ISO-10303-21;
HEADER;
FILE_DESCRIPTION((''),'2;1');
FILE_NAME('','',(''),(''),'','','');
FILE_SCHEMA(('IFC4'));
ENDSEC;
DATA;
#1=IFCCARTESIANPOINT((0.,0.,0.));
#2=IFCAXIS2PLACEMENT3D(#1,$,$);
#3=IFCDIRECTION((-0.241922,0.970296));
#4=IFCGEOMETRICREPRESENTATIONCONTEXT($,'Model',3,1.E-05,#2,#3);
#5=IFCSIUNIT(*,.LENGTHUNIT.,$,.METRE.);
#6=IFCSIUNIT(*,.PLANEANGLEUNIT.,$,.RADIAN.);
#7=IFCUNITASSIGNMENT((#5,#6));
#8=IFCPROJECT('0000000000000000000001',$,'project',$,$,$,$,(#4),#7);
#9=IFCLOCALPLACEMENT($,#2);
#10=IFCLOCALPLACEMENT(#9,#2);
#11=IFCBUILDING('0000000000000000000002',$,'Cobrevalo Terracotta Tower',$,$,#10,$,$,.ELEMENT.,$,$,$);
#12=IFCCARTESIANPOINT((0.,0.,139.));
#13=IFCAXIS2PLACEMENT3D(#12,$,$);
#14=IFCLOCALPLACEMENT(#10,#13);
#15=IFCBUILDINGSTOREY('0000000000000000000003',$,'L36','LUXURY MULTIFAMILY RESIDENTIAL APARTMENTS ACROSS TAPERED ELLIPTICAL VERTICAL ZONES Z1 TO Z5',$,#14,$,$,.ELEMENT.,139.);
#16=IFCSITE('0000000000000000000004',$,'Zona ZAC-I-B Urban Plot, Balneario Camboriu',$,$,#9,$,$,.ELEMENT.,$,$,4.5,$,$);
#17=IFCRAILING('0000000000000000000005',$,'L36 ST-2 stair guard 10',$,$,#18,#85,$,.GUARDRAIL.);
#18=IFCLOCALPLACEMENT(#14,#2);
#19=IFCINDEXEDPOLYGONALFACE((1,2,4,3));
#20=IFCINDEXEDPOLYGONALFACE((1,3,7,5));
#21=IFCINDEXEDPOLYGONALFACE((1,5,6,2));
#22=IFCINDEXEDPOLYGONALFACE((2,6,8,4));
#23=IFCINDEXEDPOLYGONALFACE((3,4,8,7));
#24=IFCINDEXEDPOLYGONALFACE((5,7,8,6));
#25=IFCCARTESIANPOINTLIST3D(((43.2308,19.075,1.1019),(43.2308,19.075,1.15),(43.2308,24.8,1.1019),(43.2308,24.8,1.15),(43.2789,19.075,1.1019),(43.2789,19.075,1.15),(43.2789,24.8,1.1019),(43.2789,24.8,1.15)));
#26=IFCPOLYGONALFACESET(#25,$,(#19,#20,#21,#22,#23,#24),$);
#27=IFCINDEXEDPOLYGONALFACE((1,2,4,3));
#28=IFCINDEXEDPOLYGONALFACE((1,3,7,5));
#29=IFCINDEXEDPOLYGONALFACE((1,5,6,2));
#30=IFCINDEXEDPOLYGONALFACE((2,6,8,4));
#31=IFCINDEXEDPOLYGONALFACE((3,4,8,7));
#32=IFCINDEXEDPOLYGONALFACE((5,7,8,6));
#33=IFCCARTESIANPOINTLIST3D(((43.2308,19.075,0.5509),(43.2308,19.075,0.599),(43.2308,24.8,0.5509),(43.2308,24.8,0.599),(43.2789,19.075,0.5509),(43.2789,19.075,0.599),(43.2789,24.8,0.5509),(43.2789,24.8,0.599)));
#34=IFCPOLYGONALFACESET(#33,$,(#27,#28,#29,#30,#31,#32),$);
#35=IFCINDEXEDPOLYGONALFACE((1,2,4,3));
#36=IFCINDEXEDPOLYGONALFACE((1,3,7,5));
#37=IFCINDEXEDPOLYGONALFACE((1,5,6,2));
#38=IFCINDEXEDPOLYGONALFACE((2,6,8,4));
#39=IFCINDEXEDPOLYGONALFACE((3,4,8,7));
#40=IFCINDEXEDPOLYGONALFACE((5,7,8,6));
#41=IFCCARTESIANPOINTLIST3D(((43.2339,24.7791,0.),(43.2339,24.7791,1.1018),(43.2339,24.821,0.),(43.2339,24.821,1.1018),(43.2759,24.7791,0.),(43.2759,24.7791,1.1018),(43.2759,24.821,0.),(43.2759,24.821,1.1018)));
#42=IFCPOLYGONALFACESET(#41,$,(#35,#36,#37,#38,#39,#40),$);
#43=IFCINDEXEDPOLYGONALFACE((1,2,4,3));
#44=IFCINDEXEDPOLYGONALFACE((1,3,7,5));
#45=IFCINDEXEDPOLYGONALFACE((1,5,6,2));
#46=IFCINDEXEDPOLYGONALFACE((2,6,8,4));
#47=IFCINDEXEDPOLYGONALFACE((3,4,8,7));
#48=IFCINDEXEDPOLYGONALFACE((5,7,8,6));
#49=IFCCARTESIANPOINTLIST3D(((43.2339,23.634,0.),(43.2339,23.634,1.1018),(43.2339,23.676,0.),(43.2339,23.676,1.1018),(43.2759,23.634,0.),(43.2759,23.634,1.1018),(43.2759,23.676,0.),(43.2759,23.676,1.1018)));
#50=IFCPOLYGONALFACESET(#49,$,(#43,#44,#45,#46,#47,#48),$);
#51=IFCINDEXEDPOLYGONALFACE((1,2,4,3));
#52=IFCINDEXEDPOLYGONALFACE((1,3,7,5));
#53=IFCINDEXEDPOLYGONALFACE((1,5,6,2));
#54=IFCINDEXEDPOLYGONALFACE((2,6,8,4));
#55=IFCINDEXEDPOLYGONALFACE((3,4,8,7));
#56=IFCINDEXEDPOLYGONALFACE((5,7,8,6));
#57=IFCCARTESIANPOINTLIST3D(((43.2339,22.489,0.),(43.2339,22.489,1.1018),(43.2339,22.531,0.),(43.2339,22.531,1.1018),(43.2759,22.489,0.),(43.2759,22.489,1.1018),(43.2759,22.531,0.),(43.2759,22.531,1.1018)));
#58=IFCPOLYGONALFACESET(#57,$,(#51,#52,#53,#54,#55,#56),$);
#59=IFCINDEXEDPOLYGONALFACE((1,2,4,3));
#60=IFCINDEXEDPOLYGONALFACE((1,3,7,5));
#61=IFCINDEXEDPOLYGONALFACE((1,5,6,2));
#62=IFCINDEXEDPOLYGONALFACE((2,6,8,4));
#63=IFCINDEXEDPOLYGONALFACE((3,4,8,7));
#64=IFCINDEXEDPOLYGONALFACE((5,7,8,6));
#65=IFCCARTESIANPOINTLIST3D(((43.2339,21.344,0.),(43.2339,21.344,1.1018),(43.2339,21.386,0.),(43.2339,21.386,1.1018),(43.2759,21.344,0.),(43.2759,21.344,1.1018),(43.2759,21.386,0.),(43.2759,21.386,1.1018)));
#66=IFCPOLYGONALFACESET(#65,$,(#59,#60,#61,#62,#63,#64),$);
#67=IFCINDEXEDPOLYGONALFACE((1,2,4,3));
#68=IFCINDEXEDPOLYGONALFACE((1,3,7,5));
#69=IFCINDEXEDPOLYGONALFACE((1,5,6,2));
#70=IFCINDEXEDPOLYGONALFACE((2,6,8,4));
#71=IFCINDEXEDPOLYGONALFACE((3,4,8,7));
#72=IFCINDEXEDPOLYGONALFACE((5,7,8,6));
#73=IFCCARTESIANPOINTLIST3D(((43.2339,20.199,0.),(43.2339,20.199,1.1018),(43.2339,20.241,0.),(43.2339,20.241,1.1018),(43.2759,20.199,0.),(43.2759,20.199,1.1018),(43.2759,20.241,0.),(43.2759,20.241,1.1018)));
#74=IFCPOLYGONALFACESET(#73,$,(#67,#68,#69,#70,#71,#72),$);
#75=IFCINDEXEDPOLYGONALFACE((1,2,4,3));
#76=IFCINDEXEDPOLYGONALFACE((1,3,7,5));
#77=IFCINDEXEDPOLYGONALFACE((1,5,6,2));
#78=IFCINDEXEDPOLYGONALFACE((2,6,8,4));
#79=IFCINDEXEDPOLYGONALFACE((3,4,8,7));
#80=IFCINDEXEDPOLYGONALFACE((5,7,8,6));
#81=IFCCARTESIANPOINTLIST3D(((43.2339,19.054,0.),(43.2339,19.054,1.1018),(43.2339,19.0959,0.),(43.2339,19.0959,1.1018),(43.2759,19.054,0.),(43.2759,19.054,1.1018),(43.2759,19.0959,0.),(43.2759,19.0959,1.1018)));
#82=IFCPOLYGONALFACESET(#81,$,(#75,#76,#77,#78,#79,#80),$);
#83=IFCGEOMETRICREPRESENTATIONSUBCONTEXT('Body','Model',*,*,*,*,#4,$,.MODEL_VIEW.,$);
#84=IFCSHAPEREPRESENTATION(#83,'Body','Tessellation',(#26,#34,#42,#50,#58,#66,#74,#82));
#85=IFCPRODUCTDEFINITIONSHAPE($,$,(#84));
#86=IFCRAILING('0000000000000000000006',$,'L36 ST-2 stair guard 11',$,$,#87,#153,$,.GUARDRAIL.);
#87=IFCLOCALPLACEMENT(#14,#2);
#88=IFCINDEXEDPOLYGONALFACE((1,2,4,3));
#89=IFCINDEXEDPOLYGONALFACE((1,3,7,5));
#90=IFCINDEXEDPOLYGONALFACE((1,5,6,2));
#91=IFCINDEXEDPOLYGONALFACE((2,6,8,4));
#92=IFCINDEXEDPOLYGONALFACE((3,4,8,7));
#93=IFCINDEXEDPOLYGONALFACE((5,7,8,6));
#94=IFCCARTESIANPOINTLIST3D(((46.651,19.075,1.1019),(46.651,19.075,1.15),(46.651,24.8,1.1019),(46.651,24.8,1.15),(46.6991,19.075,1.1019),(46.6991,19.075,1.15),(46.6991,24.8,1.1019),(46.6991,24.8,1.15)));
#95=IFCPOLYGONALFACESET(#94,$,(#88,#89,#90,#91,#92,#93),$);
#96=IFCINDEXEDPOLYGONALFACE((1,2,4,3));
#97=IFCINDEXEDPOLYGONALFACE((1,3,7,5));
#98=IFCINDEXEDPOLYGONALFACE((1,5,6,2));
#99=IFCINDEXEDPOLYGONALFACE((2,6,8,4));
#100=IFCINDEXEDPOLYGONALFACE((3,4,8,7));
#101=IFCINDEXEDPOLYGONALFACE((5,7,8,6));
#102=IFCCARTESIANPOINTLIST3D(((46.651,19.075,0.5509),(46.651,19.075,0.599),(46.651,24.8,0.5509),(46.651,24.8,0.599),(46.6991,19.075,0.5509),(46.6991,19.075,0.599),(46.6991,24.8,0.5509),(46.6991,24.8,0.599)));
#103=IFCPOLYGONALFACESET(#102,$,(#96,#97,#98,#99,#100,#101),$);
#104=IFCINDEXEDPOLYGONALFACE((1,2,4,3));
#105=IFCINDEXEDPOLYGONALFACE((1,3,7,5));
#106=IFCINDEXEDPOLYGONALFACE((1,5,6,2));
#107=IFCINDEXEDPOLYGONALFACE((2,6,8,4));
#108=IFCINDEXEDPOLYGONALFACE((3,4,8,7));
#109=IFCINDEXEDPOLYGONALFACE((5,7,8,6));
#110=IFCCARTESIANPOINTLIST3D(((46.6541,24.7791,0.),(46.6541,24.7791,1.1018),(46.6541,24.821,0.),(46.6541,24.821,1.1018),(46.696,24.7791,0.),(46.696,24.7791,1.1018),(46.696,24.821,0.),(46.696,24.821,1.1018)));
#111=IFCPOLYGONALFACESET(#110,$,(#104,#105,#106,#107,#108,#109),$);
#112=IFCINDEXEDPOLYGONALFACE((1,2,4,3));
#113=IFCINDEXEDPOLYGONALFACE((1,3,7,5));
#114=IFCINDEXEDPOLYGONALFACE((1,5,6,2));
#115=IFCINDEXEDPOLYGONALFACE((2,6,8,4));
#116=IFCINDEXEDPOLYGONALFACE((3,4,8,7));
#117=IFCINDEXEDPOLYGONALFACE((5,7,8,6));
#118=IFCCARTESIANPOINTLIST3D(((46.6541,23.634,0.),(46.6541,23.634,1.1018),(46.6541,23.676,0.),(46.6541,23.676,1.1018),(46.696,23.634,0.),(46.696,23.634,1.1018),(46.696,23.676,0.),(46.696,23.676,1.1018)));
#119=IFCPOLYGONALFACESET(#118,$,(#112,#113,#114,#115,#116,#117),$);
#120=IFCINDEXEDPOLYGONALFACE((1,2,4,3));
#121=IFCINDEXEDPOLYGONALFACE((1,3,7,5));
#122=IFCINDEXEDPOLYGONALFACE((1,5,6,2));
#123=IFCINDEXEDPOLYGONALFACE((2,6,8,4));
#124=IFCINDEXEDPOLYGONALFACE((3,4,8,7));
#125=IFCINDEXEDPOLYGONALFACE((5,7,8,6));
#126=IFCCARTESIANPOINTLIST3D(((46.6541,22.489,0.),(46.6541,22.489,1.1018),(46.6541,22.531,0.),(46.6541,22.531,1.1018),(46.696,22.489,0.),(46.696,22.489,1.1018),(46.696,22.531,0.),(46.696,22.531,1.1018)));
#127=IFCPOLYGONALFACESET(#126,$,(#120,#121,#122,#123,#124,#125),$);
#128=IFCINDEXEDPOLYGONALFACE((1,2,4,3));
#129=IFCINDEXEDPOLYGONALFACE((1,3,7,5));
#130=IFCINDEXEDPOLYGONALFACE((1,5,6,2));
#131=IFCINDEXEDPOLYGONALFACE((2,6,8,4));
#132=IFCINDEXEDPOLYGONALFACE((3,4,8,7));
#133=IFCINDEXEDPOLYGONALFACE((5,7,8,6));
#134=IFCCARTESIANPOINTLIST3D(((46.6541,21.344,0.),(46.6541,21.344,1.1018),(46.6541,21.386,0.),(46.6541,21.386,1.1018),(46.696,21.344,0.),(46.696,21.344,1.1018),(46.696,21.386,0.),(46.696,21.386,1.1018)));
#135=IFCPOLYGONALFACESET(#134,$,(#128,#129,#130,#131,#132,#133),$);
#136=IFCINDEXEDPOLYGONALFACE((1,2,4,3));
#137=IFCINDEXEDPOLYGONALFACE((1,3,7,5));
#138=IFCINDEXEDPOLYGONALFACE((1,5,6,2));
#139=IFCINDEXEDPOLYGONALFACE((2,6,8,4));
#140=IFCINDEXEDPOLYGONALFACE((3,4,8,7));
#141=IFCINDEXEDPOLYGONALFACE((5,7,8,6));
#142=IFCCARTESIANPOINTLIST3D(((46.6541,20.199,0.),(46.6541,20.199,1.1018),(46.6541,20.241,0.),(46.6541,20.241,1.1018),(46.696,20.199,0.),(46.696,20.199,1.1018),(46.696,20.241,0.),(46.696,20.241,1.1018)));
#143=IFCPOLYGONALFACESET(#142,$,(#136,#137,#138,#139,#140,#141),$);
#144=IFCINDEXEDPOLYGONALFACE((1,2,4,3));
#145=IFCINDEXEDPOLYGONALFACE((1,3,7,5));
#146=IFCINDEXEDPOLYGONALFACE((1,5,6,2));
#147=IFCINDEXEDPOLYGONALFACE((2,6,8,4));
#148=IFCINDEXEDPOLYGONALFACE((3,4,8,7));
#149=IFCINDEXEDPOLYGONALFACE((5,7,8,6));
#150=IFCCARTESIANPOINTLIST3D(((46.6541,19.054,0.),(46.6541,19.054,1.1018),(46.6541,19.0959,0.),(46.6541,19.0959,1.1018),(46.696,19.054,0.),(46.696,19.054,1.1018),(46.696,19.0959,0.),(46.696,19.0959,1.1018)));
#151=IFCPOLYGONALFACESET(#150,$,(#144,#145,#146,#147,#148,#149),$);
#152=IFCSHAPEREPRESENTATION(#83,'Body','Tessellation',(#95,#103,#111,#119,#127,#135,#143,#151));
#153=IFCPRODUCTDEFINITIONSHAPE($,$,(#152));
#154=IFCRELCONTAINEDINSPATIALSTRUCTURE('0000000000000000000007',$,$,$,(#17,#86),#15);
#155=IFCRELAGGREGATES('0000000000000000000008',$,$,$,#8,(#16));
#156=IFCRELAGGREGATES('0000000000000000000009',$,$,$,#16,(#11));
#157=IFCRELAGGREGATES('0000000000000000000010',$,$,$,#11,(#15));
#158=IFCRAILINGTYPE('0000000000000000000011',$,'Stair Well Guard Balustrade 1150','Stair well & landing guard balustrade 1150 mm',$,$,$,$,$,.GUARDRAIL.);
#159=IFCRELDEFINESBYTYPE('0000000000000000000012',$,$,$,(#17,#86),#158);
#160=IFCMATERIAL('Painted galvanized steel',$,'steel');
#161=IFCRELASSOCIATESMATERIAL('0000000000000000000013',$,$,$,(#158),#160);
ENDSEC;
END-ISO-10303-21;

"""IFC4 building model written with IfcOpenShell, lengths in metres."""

from ifc_helpers import new_model, si_unit, direction, frame, origin, origin_2d, place, context, subcontext, project, spatial, rectangle, extrude, material, type_object, element, save


model = new_model("IFC4")

# Units and contexts
model_context = context("Model", 3, precision=1e-05, world=origin(), true_north=direction((-0.241922, 0.970296)))
body_context = subcontext(model_context, "Body", "Model", "MODEL_VIEW")
ifc_project = project(units=[si_unit("LENGTHUNIT", "METRE"), si_unit("PLANEANGLEUNIT", "RADIAN")], contexts=[model_context])

# Site, building, storey
site_placement = place(None, origin())
site = spatial("IfcSite", under=ifc_project, at=site_placement, Name="Zona ZAC-I-B Urban Plot, Balneario Camboriu", CompositionType="ELEMENT", RefElevation=4.5)
building_placement = place(site_placement, origin())
building = spatial("IfcBuilding", under=site, at=building_placement, Name="Cobrevalo Terracotta Tower", CompositionType="ELEMENT")
storey_placement = place(building_placement, frame((0.0, 0.0, 139.0)))
storey = spatial("IfcBuildingStorey", under=building, at=storey_placement, Name="L36", Description="LUXURY MULTIFAMILY RESIDENTIAL APARTMENTS ACROSS TAPERED ELLIPTICAL VERTICAL ZONES Z1 TO Z5", CompositionType="ELEMENT", Elevation=139.0)

# Railings
ifc_material_1 = material(Name="Painted galvanized steel", Category="steel")
railing_type_1 = type_object("IfcRailingType", Name="Stair Well Guard Balustrade 1150", Description="Stair well & landing guard balustrade 1150 mm", PredefinedType="GUARDRAIL", material=ifc_material_1)
for number, where, name in (
    (1, (43.2549, 24.8, 0.0), "L36 ST-2 stair guard 10"),
    (2, (46.675, 24.8, 0.0), "L36 ST-2 stair guard 11"),
):
    element("IfcRailing", number, at=place(storey_placement, frame(where)), inside=storey, type_object=railing_type_1, Name=name, PredefinedType="GUARDRAIL", context=body_context, shape_type="SweptSolid", body=[
        extrude(rectangle(XDim=0.0481, YDim=0.0481, at=origin_2d()), frame((0.0, 0.0, 1.126), z_axis=(0.0, -1.0, 0.0), x_axis=(1.0, 0.0, 0.0)), (0.0, 0.0, 1.0), 5.7251),
        extrude(rectangle(XDim=0.0481, YDim=0.0481, at=origin_2d()), frame((0.0, 0.0, 0.575), z_axis=(0.0, -1.0, 0.0), x_axis=(1.0, 0.0, 0.0)), (0.0, 0.0, 1.0), 5.7251),
        extrude(rectangle(XDim=0.042, YDim=0.042, at=origin_2d()), origin(), (0.0, 0.0, 1.0), 1.1018),
        extrude(rectangle(XDim=0.042, YDim=0.042, at=origin_2d()), frame((0.0, -1.145, 0.0)), (0.0, 0.0, 1.0), 1.1018),
        extrude(rectangle(XDim=0.042, YDim=0.042, at=origin_2d()), frame((0.0, -2.29, 0.0)), (0.0, 0.0, 1.0), 1.1018),
        extrude(rectangle(XDim=0.042, YDim=0.042, at=origin_2d()), frame((0.0, -3.4351, 0.0)), (0.0, 0.0, 1.0), 1.1018),
        extrude(rectangle(XDim=0.042, YDim=0.042, at=origin_2d()), frame((0.0, -4.5801, 0.0)), (0.0, 0.0, 1.0), 1.1018),
        extrude(rectangle(XDim=0.042, YDim=0.042, at=origin_2d()), frame((0.0, -5.7251, 0.0)), (0.0, 0.0, 1.0), 1.1018),
    ])

save(model, "model.ifc")
